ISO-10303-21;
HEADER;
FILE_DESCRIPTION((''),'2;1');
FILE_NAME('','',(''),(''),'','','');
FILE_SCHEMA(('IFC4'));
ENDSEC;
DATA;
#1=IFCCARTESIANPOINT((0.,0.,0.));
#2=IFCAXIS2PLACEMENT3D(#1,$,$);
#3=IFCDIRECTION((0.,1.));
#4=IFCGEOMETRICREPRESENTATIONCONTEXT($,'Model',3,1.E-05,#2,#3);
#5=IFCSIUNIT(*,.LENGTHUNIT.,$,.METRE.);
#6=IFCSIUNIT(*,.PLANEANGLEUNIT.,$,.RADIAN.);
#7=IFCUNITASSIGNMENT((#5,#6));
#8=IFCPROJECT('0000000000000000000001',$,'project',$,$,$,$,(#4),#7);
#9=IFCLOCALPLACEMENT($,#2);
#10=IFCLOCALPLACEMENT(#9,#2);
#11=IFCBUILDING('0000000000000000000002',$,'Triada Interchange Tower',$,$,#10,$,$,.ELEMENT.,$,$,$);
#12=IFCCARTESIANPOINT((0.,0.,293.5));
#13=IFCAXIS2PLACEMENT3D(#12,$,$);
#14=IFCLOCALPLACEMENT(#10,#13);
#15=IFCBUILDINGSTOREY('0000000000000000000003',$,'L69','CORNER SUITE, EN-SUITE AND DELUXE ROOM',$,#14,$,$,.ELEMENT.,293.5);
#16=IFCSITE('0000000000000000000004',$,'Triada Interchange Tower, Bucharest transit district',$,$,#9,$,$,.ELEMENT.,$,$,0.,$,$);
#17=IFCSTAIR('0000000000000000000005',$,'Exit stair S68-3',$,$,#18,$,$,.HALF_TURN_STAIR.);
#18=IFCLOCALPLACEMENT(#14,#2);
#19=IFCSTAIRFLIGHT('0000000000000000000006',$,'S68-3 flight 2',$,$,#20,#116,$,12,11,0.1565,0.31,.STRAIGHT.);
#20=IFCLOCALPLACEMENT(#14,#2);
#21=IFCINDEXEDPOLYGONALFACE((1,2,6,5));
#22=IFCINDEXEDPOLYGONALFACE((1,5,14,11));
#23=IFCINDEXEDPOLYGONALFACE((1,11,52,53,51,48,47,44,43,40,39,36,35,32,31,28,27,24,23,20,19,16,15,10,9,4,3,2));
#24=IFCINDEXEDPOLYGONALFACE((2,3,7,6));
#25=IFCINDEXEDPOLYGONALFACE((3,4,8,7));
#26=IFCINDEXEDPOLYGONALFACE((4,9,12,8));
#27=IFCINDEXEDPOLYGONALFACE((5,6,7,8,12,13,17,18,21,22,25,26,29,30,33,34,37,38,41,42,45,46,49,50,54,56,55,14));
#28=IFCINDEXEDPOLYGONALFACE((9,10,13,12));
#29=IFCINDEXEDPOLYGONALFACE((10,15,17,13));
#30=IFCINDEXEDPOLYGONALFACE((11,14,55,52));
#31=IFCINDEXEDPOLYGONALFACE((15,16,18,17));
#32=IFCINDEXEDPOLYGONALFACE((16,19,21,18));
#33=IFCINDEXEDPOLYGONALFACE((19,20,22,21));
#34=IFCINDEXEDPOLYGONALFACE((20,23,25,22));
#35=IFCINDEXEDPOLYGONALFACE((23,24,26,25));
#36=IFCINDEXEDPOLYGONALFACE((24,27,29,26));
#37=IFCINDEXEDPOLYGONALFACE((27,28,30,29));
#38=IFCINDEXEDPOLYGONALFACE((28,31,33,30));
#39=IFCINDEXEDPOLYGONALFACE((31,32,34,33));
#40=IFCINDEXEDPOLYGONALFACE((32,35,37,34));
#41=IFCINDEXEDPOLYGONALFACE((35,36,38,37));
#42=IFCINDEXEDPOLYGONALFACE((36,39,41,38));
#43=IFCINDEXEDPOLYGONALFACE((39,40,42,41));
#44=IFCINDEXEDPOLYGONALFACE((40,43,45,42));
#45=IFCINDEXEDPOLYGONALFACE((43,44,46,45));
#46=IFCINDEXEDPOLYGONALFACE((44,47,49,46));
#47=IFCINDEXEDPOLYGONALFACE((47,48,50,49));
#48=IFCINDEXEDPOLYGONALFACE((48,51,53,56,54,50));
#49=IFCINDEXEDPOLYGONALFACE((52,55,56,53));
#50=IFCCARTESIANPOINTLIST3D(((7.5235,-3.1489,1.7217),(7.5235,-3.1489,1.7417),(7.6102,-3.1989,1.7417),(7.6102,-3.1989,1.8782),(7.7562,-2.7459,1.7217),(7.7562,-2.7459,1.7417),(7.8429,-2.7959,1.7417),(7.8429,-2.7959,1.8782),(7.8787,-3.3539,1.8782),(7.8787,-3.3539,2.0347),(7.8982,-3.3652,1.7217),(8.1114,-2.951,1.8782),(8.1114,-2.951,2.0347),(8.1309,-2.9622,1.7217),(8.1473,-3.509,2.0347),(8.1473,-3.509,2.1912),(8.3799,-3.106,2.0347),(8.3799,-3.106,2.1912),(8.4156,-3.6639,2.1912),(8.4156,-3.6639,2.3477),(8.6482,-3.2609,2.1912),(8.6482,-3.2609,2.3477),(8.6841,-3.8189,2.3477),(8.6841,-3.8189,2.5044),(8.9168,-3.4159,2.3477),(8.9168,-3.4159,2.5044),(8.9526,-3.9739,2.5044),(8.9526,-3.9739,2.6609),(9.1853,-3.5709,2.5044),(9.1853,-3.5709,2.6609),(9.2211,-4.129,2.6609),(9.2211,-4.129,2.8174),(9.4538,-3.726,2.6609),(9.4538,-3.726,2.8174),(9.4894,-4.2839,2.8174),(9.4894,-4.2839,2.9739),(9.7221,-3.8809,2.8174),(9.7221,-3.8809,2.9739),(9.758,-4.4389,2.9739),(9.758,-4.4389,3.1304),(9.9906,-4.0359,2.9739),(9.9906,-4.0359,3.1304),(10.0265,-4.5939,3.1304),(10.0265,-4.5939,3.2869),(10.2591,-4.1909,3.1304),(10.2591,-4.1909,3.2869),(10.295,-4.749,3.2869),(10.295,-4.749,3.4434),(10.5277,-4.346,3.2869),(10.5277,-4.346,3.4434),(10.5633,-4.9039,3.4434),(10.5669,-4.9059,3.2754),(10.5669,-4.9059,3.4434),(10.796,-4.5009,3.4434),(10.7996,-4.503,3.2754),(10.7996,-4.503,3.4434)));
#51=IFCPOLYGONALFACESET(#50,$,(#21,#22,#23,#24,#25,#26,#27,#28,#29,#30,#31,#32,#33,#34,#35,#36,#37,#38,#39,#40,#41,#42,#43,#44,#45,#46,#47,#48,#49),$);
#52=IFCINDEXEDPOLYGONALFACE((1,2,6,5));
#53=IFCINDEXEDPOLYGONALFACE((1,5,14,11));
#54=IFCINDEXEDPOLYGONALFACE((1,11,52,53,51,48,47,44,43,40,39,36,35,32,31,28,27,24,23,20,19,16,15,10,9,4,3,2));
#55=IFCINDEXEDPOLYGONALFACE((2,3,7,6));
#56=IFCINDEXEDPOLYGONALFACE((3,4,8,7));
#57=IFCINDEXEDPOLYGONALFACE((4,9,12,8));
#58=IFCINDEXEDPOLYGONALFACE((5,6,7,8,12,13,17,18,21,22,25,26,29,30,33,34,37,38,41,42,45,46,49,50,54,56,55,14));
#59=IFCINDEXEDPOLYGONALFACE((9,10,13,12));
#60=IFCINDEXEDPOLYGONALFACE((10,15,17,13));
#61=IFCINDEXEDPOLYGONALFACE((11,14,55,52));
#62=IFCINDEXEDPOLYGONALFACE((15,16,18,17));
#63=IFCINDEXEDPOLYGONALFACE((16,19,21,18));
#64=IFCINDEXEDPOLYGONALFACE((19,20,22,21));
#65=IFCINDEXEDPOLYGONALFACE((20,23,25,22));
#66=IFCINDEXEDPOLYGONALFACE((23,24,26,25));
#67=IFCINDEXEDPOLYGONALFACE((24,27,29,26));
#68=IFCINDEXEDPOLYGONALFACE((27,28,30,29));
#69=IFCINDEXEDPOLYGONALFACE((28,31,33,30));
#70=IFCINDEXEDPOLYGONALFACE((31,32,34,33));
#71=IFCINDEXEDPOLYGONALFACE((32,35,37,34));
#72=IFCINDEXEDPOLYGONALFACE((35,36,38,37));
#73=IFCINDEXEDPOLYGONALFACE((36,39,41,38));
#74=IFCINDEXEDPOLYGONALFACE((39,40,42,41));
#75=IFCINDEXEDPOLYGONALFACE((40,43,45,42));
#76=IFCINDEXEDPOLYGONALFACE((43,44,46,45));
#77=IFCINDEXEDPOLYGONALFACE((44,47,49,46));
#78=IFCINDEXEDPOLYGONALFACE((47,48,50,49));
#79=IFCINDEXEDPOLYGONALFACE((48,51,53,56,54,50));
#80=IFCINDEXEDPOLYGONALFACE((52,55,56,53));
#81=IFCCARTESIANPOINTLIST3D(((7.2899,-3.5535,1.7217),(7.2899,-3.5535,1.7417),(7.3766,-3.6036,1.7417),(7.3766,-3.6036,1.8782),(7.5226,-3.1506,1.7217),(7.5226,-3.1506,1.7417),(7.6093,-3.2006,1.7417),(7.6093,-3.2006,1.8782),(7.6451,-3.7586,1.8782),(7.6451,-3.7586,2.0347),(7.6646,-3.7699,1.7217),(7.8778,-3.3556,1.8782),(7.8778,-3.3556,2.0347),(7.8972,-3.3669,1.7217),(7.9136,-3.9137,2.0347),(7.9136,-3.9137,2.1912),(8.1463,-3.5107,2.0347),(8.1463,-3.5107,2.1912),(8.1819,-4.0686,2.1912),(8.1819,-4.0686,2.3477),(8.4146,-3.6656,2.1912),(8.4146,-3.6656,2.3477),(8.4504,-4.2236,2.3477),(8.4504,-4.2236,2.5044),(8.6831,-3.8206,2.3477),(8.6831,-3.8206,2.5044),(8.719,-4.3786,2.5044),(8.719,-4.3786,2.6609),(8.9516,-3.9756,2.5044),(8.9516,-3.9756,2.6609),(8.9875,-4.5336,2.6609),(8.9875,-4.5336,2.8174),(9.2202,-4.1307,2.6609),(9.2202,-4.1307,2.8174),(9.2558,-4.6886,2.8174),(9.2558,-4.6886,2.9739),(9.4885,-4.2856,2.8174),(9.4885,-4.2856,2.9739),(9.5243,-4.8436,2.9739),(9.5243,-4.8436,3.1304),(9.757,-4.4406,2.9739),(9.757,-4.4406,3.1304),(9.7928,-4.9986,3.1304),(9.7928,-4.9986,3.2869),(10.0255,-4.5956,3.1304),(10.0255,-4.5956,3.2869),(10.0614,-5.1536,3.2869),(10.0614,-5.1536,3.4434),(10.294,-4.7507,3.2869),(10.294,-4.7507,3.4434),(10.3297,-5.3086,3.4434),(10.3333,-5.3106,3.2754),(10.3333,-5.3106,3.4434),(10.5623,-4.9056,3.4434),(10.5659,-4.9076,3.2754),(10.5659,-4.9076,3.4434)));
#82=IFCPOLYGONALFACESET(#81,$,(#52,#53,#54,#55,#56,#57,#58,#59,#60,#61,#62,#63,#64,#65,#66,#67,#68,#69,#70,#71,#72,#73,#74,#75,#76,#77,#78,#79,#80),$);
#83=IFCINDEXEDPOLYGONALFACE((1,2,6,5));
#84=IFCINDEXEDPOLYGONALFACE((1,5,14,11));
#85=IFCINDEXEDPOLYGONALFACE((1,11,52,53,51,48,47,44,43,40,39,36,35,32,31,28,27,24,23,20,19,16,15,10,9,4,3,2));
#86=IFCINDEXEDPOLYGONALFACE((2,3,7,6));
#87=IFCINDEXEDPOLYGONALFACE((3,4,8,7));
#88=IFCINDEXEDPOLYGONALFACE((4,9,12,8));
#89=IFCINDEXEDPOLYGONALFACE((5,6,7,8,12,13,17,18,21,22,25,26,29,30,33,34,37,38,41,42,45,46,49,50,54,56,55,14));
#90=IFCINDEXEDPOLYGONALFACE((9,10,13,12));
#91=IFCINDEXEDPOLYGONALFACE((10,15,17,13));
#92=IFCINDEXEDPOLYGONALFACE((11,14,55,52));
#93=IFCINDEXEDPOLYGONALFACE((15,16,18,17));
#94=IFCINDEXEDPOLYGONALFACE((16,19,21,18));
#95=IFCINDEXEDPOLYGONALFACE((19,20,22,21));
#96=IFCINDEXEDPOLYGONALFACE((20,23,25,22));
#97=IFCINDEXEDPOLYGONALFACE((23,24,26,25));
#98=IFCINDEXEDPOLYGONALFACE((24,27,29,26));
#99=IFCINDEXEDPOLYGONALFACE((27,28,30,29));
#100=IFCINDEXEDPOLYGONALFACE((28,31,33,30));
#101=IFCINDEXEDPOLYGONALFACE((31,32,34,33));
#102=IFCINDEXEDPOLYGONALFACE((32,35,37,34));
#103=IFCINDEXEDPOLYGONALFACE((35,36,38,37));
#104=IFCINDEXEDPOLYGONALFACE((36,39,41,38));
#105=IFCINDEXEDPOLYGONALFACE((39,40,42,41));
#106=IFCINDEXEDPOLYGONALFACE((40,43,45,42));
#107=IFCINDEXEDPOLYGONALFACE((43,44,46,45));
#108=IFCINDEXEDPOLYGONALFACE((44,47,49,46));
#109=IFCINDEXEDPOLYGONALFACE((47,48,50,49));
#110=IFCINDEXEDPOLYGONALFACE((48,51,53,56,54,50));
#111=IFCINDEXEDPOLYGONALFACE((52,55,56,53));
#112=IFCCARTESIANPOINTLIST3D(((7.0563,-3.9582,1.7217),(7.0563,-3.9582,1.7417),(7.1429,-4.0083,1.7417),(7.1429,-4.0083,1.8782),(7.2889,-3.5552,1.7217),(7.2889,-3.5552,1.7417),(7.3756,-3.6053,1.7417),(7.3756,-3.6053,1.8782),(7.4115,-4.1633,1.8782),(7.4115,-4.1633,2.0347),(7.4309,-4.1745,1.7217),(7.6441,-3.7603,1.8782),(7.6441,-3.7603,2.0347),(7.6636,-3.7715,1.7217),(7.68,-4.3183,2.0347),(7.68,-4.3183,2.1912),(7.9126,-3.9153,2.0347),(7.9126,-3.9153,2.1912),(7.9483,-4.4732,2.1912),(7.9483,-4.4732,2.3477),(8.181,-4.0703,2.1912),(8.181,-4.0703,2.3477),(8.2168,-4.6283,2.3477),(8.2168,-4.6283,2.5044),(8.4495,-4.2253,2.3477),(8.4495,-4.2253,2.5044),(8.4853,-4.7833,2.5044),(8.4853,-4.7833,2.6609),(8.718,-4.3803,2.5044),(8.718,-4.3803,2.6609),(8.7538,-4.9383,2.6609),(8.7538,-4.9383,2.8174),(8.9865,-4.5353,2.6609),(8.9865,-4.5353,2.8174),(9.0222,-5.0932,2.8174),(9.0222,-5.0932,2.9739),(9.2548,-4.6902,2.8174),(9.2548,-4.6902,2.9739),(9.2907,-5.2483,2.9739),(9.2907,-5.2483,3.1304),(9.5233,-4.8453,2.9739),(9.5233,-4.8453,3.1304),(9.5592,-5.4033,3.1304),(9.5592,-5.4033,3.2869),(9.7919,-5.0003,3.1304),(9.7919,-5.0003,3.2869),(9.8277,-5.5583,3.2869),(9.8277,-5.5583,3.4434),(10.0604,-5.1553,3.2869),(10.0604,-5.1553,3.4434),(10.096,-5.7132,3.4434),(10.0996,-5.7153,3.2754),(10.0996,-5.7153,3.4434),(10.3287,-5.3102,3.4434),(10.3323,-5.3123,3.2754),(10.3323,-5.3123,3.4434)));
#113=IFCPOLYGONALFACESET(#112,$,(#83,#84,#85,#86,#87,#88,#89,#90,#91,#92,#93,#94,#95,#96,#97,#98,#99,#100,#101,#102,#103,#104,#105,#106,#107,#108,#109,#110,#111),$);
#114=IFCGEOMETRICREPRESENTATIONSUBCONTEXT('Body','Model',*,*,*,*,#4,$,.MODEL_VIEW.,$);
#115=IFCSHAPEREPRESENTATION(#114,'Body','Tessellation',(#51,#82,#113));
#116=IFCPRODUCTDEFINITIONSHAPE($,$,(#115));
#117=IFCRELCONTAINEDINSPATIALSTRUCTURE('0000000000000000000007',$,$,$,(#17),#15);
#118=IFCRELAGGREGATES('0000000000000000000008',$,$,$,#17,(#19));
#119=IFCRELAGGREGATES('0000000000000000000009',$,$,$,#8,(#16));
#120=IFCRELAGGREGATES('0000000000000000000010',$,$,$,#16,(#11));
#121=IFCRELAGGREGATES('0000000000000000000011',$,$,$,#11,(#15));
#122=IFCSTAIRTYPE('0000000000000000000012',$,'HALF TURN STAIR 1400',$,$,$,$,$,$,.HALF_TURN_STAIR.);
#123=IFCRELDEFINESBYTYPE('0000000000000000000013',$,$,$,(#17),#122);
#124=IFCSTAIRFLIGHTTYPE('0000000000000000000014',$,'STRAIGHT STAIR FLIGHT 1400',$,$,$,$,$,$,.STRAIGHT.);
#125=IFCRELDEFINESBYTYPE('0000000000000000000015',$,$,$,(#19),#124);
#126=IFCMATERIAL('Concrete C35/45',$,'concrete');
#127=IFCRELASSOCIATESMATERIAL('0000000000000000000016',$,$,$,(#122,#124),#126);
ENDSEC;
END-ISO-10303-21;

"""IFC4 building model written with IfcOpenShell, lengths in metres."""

from ifc_helpers import new_model, si_unit, direction, frame, origin, place, context, subcontext, project, spatial, polyline, outline, extrude, material, type_object, element, aggregate, save


model = new_model("IFC4")

# Units and contexts
model_context = context("Model", 3, precision=1e-05, world=origin(), true_north=direction((0.0, 1.0)))
body_context = subcontext(model_context, "Body", "Model", "MODEL_VIEW")
ifc_project = project(units=[si_unit("LENGTHUNIT", "METRE"), si_unit("PLANEANGLEUNIT", "RADIAN")], contexts=[model_context])

# Site, building, storey
site_placement = place(None, origin())
site = spatial("IfcSite", under=ifc_project, at=site_placement, Name="Triada Interchange Tower, Bucharest transit district", CompositionType="ELEMENT", RefElevation=0.0)
building_placement = place(site_placement, origin())
building = spatial("IfcBuilding", under=site, at=building_placement, Name="Triada Interchange Tower", CompositionType="ELEMENT")
storey_placement = place(building_placement, frame((0.0, 0.0, 293.5)))
storey = spatial("IfcBuildingStorey", under=building, at=storey_placement, Name="L69", Description="CORNER SUITE, EN-SUITE AND DELUXE ROOM", CompositionType="ELEMENT", Elevation=293.5)

# Stair, stair flight
ifc_material_1 = material(Name="Concrete C35/45", Category="concrete")
stair_type = type_object("IfcStairType", Name="HALF TURN STAIR 1400", PredefinedType="HALF_TURN_STAIR", material=ifc_material_1)
stair_placement = place(storey_placement, origin())
stair = element("IfcStair", 1, at=stair_placement, inside=storey, type_object=stair_type, Name="Exit stair S68-3", PredefinedType="HALF_TURN_STAIR")
stair_flight_type = type_object("IfcStairFlightType", Name="STRAIGHT STAIR FLIGHT 1400", PredefinedType="STRAIGHT", material=ifc_material_1)
stair_flight_1_placement = place(storey_placement, frame((7.4929, -3.4021, 1.7217), z_axis=(0.0, 0.0, 1.0), x_axis=(0.866025, -0.5, 0.0)))
stair_flight_1 = element("IfcStairFlight", 2, at=stair_flight_1_placement, type_object=stair_flight_type, Name="S68-3 flight 2", NumberOfRisers=12, NumberOfTreads=11, PredefinedType="STRAIGHT", RiserHeight=0.1565, TreadLength=0.31, context=body_context, shape_type="SweptSolid", body=[
    extrude(outline(polyline([(-0.1001, 0.0), (-0.1001, 0.02), (0.0, 0.02), (0.0, 0.1565), (0.3101, 0.1565), (0.3101, 0.313), (0.6201, 0.313), (0.6201, 0.4695), (0.9299, 0.4695), (0.9299, 0.626), (1.24, 0.626), (1.24, 0.7827), (1.55, 0.7827), (1.55, 0.9392), (1.8601, 0.9392), (1.8601, 1.0957), (2.1699, 1.0957), (2.1699, 1.2522), (2.48, 1.2522), (2.48, 1.4087), (2.79, 1.4087), (2.79, 1.5652), (3.1001, 1.5652), (3.1001, 1.7217), (3.4099, 1.7217), (3.4141, 1.7217), (3.4141, 1.8782), (3.4141, 1.5537), (0.3325, 0.0), (-0.1001, 0.0)])), frame((0.0, 0.7, 0.0), z_axis=(0.0, -1.0, 0.0), x_axis=(1.0, 0.0, 0.0)), (0.0, 0.0, 1.0), 0.4653),
    extrude(outline(polyline([(-0.1001, 0.0), (-0.1001, 0.02), (0.0, 0.02), (0.0, 0.1565), (0.3101, 0.1565), (0.3101, 0.313), (0.6201, 0.313), (0.6201, 0.4695), (0.9299, 0.4695), (0.9299, 0.626), (1.24, 0.626), (1.24, 0.7827), (1.55, 0.7827), (1.55, 0.9392), (1.8601, 0.9392), (1.8601, 1.0957), (2.1699, 1.0957), (2.1699, 1.2522), (2.48, 1.2522), (2.48, 1.4087), (2.79, 1.4087), (2.79, 1.5652), (3.1001, 1.5652), (3.1001, 1.7217), (3.4099, 1.7217), (3.4141, 1.7217), (3.4141, 1.8782), (3.4141, 1.5537), (0.3325, 0.0), (-0.1001, 0.0)])), frame((0.0, 0.2327, 0.0), z_axis=(0.0, -1.0, 0.0), x_axis=(1.0, 0.0, 0.0)), (0.0, 0.0, 1.0), 0.4653),
    extrude(outline(polyline([(-0.1001, 0.0), (-0.1001, 0.02), (0.0, 0.02), (0.0, 0.1565), (0.3101, 0.1565), (0.3101, 0.313), (0.6201, 0.313), (0.6201, 0.4695), (0.9299, 0.4695), (0.9299, 0.626), (1.24, 0.626), (1.24, 0.7827), (1.55, 0.7827), (1.55, 0.9392), (1.8601, 0.9392), (1.8601, 1.0957), (2.1699, 1.0957), (2.1699, 1.2522), (2.48, 1.2522), (2.48, 1.4087), (2.79, 1.4087), (2.79, 1.5652), (3.1001, 1.5652), (3.1001, 1.7217), (3.4099, 1.7217), (3.4141, 1.7217), (3.4141, 1.8782), (3.4141, 1.5537), (0.3325, 0.0), (-0.1001, 0.0)])), frame((0.0, -0.2346, 0.0), z_axis=(0.0, -1.0, 0.0), x_axis=(1.0, 0.0, 0.0)), (0.0, 0.0, 1.0), 0.4653),
])
aggregate(stair, [stair_flight_1])

save(model, "model.ifc")
